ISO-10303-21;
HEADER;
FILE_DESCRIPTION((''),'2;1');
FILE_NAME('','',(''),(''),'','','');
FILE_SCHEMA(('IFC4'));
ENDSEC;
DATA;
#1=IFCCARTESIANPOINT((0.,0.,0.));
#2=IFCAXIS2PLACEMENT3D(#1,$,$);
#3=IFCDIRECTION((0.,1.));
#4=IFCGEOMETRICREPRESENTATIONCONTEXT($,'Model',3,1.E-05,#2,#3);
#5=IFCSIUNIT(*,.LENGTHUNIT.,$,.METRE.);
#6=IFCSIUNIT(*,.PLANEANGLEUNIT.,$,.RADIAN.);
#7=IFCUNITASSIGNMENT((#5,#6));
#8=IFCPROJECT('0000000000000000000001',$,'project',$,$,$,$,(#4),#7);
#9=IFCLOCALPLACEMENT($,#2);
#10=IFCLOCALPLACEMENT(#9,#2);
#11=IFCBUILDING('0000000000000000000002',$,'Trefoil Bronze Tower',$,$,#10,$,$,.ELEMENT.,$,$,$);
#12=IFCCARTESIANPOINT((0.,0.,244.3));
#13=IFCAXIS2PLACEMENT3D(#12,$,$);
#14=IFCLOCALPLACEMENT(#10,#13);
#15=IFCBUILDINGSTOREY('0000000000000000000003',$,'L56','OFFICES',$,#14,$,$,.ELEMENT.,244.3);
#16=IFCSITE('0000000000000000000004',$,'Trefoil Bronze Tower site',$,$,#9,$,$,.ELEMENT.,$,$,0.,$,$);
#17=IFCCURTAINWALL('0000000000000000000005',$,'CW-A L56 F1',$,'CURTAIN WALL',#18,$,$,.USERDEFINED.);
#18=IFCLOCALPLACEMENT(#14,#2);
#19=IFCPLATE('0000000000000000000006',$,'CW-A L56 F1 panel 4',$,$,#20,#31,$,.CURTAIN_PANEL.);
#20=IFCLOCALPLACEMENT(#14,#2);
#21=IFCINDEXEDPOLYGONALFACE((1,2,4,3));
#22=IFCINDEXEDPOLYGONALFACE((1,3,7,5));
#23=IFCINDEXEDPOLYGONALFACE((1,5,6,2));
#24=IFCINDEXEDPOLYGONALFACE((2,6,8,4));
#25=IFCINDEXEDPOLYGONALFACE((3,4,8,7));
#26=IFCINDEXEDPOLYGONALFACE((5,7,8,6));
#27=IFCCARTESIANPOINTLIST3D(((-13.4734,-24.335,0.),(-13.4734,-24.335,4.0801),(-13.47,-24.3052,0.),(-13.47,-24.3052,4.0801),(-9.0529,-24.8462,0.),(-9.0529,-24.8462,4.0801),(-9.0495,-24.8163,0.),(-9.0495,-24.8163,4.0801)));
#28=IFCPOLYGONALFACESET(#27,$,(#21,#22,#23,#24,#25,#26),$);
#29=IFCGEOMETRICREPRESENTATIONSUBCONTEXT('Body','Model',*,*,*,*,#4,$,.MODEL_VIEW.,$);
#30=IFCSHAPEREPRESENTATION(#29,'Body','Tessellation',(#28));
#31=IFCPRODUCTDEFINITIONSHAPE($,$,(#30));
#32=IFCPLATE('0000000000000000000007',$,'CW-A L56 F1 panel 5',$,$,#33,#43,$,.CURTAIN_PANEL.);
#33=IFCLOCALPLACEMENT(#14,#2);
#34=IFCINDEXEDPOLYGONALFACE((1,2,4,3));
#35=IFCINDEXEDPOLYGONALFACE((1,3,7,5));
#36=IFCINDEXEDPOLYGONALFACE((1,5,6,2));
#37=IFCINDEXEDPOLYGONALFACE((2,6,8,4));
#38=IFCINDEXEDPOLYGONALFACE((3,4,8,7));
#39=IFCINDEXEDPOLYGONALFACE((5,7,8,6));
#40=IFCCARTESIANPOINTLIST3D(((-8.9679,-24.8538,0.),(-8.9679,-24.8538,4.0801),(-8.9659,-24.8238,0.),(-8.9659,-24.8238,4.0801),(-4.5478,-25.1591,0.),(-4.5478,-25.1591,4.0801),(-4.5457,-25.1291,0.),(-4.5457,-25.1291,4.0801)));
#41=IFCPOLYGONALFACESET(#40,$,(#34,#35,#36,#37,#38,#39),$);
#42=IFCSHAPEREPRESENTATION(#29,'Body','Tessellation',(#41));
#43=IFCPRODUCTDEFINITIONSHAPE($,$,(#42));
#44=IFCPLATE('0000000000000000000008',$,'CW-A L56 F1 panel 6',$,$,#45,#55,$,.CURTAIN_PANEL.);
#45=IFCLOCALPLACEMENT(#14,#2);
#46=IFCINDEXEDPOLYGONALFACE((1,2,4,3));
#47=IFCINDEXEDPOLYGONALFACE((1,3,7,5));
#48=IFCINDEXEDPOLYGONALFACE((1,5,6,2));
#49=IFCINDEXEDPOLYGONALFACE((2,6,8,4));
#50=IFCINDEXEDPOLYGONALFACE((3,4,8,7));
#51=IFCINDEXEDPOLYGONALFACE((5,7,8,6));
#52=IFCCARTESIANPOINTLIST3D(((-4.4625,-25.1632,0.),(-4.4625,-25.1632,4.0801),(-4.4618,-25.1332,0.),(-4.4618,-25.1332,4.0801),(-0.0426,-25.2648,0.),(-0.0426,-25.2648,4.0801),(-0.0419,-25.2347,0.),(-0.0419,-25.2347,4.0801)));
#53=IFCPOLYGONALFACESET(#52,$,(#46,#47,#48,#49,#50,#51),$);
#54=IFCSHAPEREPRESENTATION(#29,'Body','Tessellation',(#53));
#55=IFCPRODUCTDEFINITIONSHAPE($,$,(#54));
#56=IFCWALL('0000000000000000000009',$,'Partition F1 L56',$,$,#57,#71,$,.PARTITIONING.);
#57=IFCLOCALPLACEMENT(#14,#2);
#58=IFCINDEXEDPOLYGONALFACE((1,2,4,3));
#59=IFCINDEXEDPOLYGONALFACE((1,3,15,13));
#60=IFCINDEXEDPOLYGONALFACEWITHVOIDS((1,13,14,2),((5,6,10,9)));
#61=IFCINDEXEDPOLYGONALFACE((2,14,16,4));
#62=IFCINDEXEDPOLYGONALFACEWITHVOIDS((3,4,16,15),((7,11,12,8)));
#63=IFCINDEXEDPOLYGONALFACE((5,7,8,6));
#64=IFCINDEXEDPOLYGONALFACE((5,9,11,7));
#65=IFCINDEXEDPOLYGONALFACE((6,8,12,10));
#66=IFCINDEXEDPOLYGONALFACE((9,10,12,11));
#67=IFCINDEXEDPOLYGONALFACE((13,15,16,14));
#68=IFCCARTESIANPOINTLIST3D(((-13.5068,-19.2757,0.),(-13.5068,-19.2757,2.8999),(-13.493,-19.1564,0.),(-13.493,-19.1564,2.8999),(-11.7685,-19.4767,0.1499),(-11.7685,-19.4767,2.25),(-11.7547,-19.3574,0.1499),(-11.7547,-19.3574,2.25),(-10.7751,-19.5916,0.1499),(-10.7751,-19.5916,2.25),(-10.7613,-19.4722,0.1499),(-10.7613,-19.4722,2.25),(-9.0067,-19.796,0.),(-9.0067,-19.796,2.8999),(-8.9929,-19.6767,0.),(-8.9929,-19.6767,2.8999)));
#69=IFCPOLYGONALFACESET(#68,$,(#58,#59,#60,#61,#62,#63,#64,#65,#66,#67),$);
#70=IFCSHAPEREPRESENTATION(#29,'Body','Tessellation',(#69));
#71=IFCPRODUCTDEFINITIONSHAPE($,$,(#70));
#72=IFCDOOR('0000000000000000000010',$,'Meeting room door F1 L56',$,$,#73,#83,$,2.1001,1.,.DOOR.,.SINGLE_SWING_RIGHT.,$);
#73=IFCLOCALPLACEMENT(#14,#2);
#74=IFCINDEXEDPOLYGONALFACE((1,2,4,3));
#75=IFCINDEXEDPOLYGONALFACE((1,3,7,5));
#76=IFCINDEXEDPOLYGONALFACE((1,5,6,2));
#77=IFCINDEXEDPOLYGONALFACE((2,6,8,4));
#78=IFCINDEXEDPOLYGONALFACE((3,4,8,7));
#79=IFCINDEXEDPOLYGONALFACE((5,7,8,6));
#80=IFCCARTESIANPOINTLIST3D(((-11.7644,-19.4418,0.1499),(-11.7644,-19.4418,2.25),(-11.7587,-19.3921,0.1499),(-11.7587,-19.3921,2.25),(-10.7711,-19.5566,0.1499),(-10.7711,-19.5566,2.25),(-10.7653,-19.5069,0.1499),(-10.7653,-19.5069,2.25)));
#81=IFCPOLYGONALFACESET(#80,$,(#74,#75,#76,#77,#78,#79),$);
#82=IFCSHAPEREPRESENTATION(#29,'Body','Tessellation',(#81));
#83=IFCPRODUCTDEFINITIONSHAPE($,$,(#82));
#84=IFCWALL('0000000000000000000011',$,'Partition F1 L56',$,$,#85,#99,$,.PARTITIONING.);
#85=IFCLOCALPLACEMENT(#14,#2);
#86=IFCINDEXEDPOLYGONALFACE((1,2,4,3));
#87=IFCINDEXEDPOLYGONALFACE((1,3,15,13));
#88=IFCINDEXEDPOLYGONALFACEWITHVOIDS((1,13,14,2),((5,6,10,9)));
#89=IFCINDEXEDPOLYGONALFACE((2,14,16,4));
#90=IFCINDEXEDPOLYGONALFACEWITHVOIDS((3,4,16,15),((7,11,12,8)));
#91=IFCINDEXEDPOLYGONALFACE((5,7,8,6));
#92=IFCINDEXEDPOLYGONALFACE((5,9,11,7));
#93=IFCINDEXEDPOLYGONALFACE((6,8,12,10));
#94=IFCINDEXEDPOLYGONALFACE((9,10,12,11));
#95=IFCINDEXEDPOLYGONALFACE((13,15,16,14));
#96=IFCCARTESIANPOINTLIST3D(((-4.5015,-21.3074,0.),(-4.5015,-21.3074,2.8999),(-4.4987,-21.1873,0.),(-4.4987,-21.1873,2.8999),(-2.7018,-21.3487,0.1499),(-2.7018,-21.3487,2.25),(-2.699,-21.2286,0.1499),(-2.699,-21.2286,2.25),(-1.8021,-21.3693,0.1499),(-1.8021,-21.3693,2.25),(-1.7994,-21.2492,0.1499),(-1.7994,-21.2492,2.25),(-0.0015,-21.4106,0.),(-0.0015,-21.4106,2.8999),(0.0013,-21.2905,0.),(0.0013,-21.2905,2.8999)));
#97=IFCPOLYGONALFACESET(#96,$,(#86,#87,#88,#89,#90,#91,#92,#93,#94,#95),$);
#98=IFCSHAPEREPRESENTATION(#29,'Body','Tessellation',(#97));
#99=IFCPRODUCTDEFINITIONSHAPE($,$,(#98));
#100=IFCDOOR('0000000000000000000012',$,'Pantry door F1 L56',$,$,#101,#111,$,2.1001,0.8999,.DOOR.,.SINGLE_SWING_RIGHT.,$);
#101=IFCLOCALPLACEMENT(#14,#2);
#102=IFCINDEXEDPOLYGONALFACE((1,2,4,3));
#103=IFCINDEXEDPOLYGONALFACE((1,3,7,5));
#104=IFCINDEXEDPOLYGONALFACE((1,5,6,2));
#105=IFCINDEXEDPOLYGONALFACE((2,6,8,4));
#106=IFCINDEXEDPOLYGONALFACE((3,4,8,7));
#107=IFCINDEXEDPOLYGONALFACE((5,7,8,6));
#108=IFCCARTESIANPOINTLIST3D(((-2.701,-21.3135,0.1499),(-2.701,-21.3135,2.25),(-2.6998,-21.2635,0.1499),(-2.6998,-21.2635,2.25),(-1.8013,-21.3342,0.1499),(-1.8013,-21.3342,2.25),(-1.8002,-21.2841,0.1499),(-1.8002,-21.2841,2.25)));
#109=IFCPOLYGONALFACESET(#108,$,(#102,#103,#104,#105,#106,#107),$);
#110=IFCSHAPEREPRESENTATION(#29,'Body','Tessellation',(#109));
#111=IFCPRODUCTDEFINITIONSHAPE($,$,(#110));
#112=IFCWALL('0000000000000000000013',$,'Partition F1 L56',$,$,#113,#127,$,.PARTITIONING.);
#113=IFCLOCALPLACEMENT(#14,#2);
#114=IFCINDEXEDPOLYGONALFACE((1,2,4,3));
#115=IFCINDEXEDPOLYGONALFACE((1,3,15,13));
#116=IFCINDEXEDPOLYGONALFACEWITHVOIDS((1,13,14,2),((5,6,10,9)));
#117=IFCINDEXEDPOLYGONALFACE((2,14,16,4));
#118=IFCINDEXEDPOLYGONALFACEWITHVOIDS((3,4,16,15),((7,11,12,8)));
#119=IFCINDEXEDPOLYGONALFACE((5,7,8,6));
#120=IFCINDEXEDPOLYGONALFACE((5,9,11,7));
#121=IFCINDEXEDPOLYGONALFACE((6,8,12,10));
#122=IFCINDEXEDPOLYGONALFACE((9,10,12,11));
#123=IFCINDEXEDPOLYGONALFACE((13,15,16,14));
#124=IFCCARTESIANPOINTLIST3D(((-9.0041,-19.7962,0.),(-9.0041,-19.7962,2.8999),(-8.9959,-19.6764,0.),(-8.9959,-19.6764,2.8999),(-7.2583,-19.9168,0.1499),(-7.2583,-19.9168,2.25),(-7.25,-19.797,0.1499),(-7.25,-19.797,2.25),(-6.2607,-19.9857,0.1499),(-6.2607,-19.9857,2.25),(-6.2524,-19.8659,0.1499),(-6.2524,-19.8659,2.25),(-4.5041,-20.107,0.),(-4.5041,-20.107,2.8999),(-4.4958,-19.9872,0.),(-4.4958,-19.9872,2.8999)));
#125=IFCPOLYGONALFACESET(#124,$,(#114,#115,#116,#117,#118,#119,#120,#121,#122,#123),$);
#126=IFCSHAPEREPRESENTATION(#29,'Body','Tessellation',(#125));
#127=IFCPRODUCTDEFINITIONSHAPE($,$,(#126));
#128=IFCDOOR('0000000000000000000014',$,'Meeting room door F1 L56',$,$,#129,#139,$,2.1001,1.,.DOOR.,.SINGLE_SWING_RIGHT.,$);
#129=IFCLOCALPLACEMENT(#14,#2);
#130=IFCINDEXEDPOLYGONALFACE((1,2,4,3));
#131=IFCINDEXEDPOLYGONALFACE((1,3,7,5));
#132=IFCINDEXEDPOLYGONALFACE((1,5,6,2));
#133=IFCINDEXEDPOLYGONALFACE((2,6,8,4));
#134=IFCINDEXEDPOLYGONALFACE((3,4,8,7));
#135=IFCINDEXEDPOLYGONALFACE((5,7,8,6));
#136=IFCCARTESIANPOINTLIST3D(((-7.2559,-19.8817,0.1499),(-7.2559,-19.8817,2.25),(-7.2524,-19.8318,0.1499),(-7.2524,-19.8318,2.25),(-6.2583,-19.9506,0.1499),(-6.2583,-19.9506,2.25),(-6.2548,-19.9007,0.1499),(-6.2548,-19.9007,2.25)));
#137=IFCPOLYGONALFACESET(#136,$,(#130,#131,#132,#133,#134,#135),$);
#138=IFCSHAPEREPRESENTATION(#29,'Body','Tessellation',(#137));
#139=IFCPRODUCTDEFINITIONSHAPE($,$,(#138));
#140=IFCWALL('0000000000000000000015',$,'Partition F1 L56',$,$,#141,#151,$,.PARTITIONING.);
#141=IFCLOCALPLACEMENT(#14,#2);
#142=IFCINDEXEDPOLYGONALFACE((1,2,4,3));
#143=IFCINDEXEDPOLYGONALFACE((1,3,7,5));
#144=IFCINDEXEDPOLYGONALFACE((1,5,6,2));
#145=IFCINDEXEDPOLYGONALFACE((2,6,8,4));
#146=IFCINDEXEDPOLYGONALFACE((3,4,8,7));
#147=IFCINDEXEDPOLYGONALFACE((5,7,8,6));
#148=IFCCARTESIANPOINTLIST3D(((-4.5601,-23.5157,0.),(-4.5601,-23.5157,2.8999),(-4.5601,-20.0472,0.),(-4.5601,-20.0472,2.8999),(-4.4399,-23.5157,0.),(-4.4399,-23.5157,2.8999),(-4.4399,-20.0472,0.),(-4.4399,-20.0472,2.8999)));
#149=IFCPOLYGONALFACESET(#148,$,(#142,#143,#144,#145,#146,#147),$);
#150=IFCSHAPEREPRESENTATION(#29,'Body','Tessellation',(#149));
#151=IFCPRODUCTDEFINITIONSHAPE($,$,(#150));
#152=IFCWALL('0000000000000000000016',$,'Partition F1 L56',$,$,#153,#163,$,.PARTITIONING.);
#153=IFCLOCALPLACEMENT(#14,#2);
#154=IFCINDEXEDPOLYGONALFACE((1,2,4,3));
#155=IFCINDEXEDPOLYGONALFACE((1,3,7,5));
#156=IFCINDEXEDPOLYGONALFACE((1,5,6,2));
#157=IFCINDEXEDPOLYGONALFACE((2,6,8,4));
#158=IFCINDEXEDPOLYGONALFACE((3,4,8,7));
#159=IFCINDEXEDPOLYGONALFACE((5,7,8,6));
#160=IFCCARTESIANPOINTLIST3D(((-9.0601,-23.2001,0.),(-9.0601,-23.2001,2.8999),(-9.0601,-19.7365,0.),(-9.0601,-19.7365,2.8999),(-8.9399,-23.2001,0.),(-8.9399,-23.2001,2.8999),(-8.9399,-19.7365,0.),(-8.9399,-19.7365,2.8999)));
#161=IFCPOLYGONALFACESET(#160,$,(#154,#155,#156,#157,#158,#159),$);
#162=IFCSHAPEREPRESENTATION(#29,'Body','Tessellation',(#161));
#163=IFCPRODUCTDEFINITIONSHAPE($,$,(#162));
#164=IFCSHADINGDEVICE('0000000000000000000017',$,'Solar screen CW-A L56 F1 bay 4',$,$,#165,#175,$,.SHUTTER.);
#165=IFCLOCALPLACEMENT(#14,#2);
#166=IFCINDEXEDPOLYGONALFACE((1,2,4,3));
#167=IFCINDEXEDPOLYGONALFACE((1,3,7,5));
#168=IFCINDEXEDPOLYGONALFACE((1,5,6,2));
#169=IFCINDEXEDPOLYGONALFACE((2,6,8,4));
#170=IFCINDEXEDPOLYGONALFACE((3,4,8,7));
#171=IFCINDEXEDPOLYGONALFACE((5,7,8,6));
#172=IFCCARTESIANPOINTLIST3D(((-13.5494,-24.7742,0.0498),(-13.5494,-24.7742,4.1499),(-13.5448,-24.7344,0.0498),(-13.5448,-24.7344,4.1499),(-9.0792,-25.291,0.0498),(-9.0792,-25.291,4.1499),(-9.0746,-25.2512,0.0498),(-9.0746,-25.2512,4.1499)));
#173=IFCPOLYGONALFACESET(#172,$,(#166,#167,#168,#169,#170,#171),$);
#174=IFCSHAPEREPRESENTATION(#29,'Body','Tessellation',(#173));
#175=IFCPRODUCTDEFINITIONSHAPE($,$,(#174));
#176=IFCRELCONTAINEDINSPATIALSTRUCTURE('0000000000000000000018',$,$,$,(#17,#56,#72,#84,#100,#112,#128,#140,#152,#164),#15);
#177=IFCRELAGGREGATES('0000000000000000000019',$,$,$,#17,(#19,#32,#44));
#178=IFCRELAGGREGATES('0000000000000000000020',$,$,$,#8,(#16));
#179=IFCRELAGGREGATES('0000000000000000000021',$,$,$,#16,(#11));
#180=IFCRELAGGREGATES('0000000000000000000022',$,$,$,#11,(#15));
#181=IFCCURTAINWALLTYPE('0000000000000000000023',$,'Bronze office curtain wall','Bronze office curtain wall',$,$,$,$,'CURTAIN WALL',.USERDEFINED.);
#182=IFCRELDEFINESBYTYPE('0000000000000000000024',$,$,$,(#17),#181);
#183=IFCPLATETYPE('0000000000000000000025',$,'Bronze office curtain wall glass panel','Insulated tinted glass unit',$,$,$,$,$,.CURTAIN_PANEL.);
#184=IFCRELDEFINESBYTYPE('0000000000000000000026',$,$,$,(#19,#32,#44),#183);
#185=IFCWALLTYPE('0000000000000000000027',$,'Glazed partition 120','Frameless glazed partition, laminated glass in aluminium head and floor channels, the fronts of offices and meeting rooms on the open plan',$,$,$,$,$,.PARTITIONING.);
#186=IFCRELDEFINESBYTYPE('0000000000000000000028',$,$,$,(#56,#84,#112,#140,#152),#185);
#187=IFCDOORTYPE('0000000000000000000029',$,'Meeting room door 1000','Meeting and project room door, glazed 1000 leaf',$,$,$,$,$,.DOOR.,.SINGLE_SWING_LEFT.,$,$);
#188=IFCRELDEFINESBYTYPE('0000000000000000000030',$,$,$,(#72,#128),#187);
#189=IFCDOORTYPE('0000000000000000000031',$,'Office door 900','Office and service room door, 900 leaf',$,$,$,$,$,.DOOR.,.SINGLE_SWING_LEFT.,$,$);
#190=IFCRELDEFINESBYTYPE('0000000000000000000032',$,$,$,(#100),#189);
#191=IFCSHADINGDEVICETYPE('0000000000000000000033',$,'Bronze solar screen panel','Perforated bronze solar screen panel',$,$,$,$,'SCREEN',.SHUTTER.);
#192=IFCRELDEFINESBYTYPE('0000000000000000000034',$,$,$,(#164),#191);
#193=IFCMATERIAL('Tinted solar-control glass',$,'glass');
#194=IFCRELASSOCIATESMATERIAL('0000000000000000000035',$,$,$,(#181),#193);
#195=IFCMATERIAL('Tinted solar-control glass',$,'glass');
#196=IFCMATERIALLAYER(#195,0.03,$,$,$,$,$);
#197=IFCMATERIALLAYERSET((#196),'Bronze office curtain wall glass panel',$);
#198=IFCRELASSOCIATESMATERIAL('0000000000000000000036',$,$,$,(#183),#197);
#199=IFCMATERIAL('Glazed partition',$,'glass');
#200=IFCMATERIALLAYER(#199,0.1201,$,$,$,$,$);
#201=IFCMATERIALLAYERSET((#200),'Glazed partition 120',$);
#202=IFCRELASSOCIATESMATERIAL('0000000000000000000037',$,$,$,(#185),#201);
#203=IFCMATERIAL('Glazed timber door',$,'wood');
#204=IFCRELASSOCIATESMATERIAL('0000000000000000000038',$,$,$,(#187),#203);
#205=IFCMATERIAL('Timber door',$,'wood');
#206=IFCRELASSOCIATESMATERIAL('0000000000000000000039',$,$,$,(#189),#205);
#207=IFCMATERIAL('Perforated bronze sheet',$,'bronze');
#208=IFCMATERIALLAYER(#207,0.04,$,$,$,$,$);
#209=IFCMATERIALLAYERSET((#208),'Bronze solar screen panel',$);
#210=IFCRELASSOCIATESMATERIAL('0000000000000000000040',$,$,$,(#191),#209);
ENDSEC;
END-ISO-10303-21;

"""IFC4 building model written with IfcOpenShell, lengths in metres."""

from ifc_helpers import new_model, si_unit, direction, frame, frame_2d, origin, origin_2d, place, context, subcontext, project, spatial, rectangle, extrude, material, layer, layer_set, type_object, element, fill, aggregate, save


model = new_model("IFC4")

# Units and contexts
model_context = context("Model", 3, precision=1e-05, world=origin(), true_north=direction((0.0, 1.0)))
body_context = subcontext(model_context, "Body", "Model", "MODEL_VIEW")
ifc_project = project(units=[si_unit("LENGTHUNIT", "METRE"), si_unit("PLANEANGLEUNIT", "RADIAN")], contexts=[model_context])

# Site, building, storey
site_placement = place(None, origin())
site = spatial("IfcSite", under=ifc_project, at=site_placement, Name="Trefoil Bronze Tower site", CompositionType="ELEMENT", RefElevation=0.0)
building_placement = place(site_placement, origin())
building = spatial("IfcBuilding", under=site, at=building_placement, Name="Trefoil Bronze Tower", CompositionType="ELEMENT")
storey_placement = place(building_placement, frame((0.0, 0.0, 244.3)))
storey = spatial("IfcBuildingStorey", under=building, at=storey_placement, Name="L56", Description="OFFICES", CompositionType="ELEMENT", Elevation=244.3)

# Curtain wall
ifc_material_1 = material(Name="Tinted solar-control glass", Category="glass")
curtain_wall_type = type_object("IfcCurtainWallType", Name="Bronze office curtain wall", Description="Bronze office curtain wall", ElementType="CURTAIN WALL", PredefinedType="USERDEFINED", material=ifc_material_1)
curtain_wall_placement = place(storey_placement, origin())
curtain_wall = element("IfcCurtainWall", 1, at=curtain_wall_placement, inside=storey, type_object=curtain_wall_type, Name="CW-A L56 F1", ObjectType="CURTAIN WALL", PredefinedType="USERDEFINED")

# Plates
ifc_material_2 = material(Name="Tinted solar-control glass", Category="glass")
ifc_layer_1 = layer(ifc_material_2, 0.03)
ifc_layer_set_1 = layer_set([ifc_layer_1], Name="Bronze office curtain wall glass panel")
plate_type = type_object("IfcPlateType", Name="Bronze office curtain wall glass panel", Description="Insulated tinted glass unit", PredefinedType="CURTAIN_PANEL", material=ifc_layer_set_1)
plate_1_placement = place(storey_placement, frame((-11.2615, -24.5757, 0.0), z_axis=(0.0, 0.0, 1.0), x_axis=(0.993382, -0.114859, 0.0)))
plate_1 = element("IfcPlate", 2, at=plate_1_placement, type_object=plate_type, Name="CW-A L56 F1 panel 4", PredefinedType="CURTAIN_PANEL", context=body_context, shape_type="SweptSolid", body=[
    extrude(rectangle(XDim=4.45, YDim=0.03, at=origin_2d()), origin(), (0.0, 0.0, 1.0), 4.0801),
])
plate_2_placement = place(storey_placement, frame((-6.7568, -24.9915, 0.0), z_axis=(0.0, 0.0, 1.0), x_axis=(0.997623, -0.068915, 0.0)))
plate_2 = element("IfcPlate", 3, at=plate_2_placement, type_object=plate_type, Name="CW-A L56 F1 panel 5", PredefinedType="CURTAIN_PANEL", context=body_context, shape_type="SweptSolid", body=[
    extrude(rectangle(XDim=4.4307, YDim=0.03, at=origin_2d()), origin(), (0.0, 0.0, 1.0), 4.0801),
])
plate_3_placement = place(storey_placement, frame((-2.2522, -25.199, 0.0), z_axis=(0.0, 0.0, 1.0), x_axis=(0.999736, -0.022972, 0.0)))
plate_3 = element("IfcPlate", 4, at=plate_3_placement, type_object=plate_type, Name="CW-A L56 F1 panel 6", PredefinedType="CURTAIN_PANEL", context=body_context, shape_type="SweptSolid", body=[
    extrude(rectangle(XDim=4.4211, YDim=0.03, at=origin_2d()), origin(), (0.0, 0.0, 1.0), 4.0801),
])
aggregate(curtain_wall, [plate_1, plate_2, plate_3])

# Walls, openings, doors
ifc_material_3 = material(Name="Glazed partition", Category="glass")
ifc_layer_2 = layer(ifc_material_3, 0.1201)
ifc_layer_set_2 = layer_set([ifc_layer_2], Name="Glazed partition 120")
wall_type = type_object("IfcWallType", Name="Glazed partition 120", Description="Frameless glazed partition, laminated glass in aluminium head and floor channels, the fronts of offices and meeting rooms on the open plan", PredefinedType="PARTITIONING", material=ifc_layer_set_2)
wall_1_placement = place(storey_placement, frame((-13.5, -19.2161, 0.0), z_axis=(0.0, 0.0, 1.0), x_axis=(0.993383, -0.114849, 0.0)))
wall_1 = element("IfcWall", 5, at=wall_1_placement, inside=storey, type_object=wall_type, Name="Partition F1 L56", PredefinedType="PARTITIONING", context=body_context, shape_type="SweptSolid", body=[
    extrude(rectangle(XDim=4.53, YDim=0.1201, at=frame_2d((2.2651, 0.0))), origin(), (0.0, 0.0, 1.0), 2.8999),
])
opening_1_placement = place(wall_1_placement, frame((1.75, 0.0, 0.1499)))
opening_1 = element("IfcOpeningElement", 6, at=opening_1_placement, cuts=wall_1, PredefinedType="OPENING", context=body_context, shape_type="SweptSolid", body=[
    extrude(rectangle(XDim=1.0, YDim=2.1001, at=frame_2d((0.5, 1.05))), frame((0.0, 0.0701, 0.0), z_axis=(0.0, -1.0, 0.0), x_axis=(1.0, 0.0, 0.0)), (0.0, 0.0, 1.0), 0.1401),
])
ifc_material_4 = material(Name="Glazed timber door", Category="wood")
door_type_1 = type_object("IfcDoorType", Name="Meeting room door 1000", Description="Meeting and project room door, glazed 1000 leaf", OperationType="SINGLE_SWING_LEFT", PredefinedType="DOOR", material=ifc_material_4)
door_1_placement = place(opening_1_placement, frame((1.0, 0.0, 0.0), z_axis=(0.0, 0.0, 1.0), x_axis=(-1.0, 0.0, 0.0)))
door_1 = element("IfcDoor", 7, at=door_1_placement, inside=storey, type_object=door_type_1, Name="Meeting room door F1 L56", OperationType="SINGLE_SWING_RIGHT", OverallHeight=2.1001, OverallWidth=1.0, PredefinedType="DOOR", context=body_context, shape_type="SweptSolid", body=[
    extrude(rectangle(XDim=1.0, YDim=2.1001, at=frame_2d((0.5, 1.05))), frame((0.0, 0.0249, 0.0), z_axis=(0.0, -1.0, 0.0), x_axis=(1.0, 0.0, 0.0)), (0.0, 0.0, 1.0), 0.05),
])
fill(opening_1, door_1)
wall_2_placement = place(storey_placement, frame((-4.5, -21.2473, 0.0), z_axis=(0.0, 0.0, 1.0), x_axis=(0.999737, -0.022943, 0.0)))
wall_2 = element("IfcWall", 8, at=wall_2_placement, inside=storey, type_object=wall_type, Name="Partition F1 L56", PredefinedType="PARTITIONING", context=body_context, shape_type="SweptSolid", body=[
    extrude(rectangle(XDim=4.5012, YDim=0.1201, at=frame_2d((2.2505, 0.0))), origin(), (0.0, 0.0, 1.0), 2.8999),
])
opening_2_placement = place(wall_2_placement, frame((1.8, 0.0, 0.1499)))
opening_2 = element("IfcOpeningElement", 9, at=opening_2_placement, cuts=wall_2, PredefinedType="OPENING", context=body_context, shape_type="SweptSolid", body=[
    extrude(rectangle(XDim=0.8999, YDim=2.1001, at=frame_2d((0.45, 1.05))), frame((0.0, 0.0701, 0.0), z_axis=(0.0, -1.0, 0.0), x_axis=(1.0, 0.0, 0.0)), (0.0, 0.0, 1.0), 0.1401),
])
ifc_material_5 = material(Name="Timber door", Category="wood")
door_type_2 = type_object("IfcDoorType", Name="Office door 900", Description="Office and service room door, 900 leaf", OperationType="SINGLE_SWING_LEFT", PredefinedType="DOOR", material=ifc_material_5)
door_2_placement = place(opening_2_placement, frame((0.8999, 0.0, 0.0), z_axis=(0.0, 0.0, 1.0), x_axis=(-1.0, 0.0, 0.0)))
door_2 = element("IfcDoor", 10, at=door_2_placement, inside=storey, type_object=door_type_2, Name="Pantry door F1 L56", OperationType="SINGLE_SWING_RIGHT", OverallHeight=2.1001, OverallWidth=0.8999, PredefinedType="DOOR", context=body_context, shape_type="SweptSolid", body=[
    extrude(rectangle(XDim=0.8999, YDim=2.1001, at=frame_2d((0.45, 1.05))), frame((0.0, 0.0249, 0.0), z_axis=(0.0, -1.0, 0.0), x_axis=(1.0, 0.0, 0.0)), (0.0, 0.0, 1.0), 0.05),
])
fill(opening_2, door_2)
wall_3_placement = place(storey_placement, frame((-9.0, -19.7363, 0.0), z_axis=(0.0, 0.0, 1.0), x_axis=(0.997624, -0.068901, 0.0)))
wall_3 = element("IfcWall", 11, at=wall_3_placement, inside=storey, type_object=wall_type, Name="Partition F1 L56", PredefinedType="PARTITIONING", context=body_context, shape_type="SweptSolid", body=[
    extrude(rectangle(XDim=4.5107, YDim=0.1201, at=frame_2d((2.2554, 0.0))), origin(), (0.0, 0.0, 1.0), 2.8999),
])
opening_3_placement = place(wall_3_placement, frame((1.75, 0.0, 0.1499)))
opening_3 = element("IfcOpeningElement", 12, at=opening_3_placement, cuts=wall_3, PredefinedType="OPENING", context=body_context, shape_type="SweptSolid", body=[
    extrude(rectangle(XDim=1.0, YDim=2.1001, at=frame_2d((0.5, 1.05))), frame((0.0, 0.0701, 0.0), z_axis=(0.0, -1.0, 0.0), x_axis=(1.0, 0.0, 0.0)), (0.0, 0.0, 1.0), 0.1401),
])
door_3_placement = place(opening_3_placement, frame((1.0, 0.0, 0.0), z_axis=(0.0, 0.0, 1.0), x_axis=(-1.0, 0.0, 0.0)))
door_3 = element("IfcDoor", 13, at=door_3_placement, inside=storey, type_object=door_type_1, Name="Meeting room door F1 L56", OperationType="SINGLE_SWING_RIGHT", OverallHeight=2.1001, OverallWidth=1.0, PredefinedType="DOOR", context=body_context, shape_type="SweptSolid", body=[
    extrude(rectangle(XDim=1.0, YDim=2.1001, at=frame_2d((0.5, 1.05))), frame((0.0, 0.0249, 0.0), z_axis=(0.0, -1.0, 0.0), x_axis=(1.0, 0.0, 0.0)), (0.0, 0.0, 1.0), 0.05),
])
fill(opening_3, door_3)

# Walls
wall_4_placement = place(storey_placement, frame((-4.5, -20.0471, 0.0), z_axis=(0.0, 0.0, 1.0), x_axis=(0.0, -1.0, 0.0)))
element("IfcWall", 14, at=wall_4_placement, inside=storey, type_object=wall_type, Name="Partition F1 L56", PredefinedType="PARTITIONING", context=body_context, shape_type="SweptSolid", body=[
    extrude(rectangle(XDim=3.4685, YDim=0.1201, at=frame_2d((1.7344, 0.0))), origin(), (0.0, 0.0, 1.0), 2.8999),
])
wall_5_placement = place(storey_placement, frame((-9.0, -19.7363, 0.0), z_axis=(0.0, 0.0, 1.0), x_axis=(0.0, -1.0, 0.0)))
element("IfcWall", 15, at=wall_5_placement, inside=storey, type_object=wall_type, Name="Partition F1 L56", PredefinedType="PARTITIONING", context=body_context, shape_type="SweptSolid", body=[
    extrude(rectangle(XDim=3.4636, YDim=0.1201, at=frame_2d((1.7319, 0.0))), origin(), (0.0, 0.0, 1.0), 2.8999),
])

# Shading device
ifc_material_6 = material(Name="Perforated bronze sheet", Category="bronze")
ifc_layer_3 = layer(ifc_material_6, 0.04)
ifc_layer_set_3 = layer_set([ifc_layer_3], Name="Bronze solar screen panel")
shading_device_type = type_object("IfcShadingDeviceType", Name="Bronze solar screen panel", Description="Perforated bronze solar screen panel", ElementType="SCREEN", PredefinedType="SHUTTER", material=ifc_layer_set_3)
shading_device_1_placement = place(storey_placement, frame((-11.312, -25.0127, 0.0498), z_axis=(0.0, 0.0, 1.0), x_axis=(0.993382, -0.114859, 0.0)))
element("IfcShadingDevice", 16, at=shading_device_1_placement, inside=storey, type_object=shading_device_type, Name="Solar screen CW-A L56 F1 bay 4", PredefinedType="SHUTTER", context=body_context, shape_type="SweptSolid", body=[
    extrude(rectangle(XDim=4.5, YDim=0.04, at=origin_2d()), origin(), (0.0, 0.0, 1.0), 4.1001),
])

save(model, "model.ifc")
